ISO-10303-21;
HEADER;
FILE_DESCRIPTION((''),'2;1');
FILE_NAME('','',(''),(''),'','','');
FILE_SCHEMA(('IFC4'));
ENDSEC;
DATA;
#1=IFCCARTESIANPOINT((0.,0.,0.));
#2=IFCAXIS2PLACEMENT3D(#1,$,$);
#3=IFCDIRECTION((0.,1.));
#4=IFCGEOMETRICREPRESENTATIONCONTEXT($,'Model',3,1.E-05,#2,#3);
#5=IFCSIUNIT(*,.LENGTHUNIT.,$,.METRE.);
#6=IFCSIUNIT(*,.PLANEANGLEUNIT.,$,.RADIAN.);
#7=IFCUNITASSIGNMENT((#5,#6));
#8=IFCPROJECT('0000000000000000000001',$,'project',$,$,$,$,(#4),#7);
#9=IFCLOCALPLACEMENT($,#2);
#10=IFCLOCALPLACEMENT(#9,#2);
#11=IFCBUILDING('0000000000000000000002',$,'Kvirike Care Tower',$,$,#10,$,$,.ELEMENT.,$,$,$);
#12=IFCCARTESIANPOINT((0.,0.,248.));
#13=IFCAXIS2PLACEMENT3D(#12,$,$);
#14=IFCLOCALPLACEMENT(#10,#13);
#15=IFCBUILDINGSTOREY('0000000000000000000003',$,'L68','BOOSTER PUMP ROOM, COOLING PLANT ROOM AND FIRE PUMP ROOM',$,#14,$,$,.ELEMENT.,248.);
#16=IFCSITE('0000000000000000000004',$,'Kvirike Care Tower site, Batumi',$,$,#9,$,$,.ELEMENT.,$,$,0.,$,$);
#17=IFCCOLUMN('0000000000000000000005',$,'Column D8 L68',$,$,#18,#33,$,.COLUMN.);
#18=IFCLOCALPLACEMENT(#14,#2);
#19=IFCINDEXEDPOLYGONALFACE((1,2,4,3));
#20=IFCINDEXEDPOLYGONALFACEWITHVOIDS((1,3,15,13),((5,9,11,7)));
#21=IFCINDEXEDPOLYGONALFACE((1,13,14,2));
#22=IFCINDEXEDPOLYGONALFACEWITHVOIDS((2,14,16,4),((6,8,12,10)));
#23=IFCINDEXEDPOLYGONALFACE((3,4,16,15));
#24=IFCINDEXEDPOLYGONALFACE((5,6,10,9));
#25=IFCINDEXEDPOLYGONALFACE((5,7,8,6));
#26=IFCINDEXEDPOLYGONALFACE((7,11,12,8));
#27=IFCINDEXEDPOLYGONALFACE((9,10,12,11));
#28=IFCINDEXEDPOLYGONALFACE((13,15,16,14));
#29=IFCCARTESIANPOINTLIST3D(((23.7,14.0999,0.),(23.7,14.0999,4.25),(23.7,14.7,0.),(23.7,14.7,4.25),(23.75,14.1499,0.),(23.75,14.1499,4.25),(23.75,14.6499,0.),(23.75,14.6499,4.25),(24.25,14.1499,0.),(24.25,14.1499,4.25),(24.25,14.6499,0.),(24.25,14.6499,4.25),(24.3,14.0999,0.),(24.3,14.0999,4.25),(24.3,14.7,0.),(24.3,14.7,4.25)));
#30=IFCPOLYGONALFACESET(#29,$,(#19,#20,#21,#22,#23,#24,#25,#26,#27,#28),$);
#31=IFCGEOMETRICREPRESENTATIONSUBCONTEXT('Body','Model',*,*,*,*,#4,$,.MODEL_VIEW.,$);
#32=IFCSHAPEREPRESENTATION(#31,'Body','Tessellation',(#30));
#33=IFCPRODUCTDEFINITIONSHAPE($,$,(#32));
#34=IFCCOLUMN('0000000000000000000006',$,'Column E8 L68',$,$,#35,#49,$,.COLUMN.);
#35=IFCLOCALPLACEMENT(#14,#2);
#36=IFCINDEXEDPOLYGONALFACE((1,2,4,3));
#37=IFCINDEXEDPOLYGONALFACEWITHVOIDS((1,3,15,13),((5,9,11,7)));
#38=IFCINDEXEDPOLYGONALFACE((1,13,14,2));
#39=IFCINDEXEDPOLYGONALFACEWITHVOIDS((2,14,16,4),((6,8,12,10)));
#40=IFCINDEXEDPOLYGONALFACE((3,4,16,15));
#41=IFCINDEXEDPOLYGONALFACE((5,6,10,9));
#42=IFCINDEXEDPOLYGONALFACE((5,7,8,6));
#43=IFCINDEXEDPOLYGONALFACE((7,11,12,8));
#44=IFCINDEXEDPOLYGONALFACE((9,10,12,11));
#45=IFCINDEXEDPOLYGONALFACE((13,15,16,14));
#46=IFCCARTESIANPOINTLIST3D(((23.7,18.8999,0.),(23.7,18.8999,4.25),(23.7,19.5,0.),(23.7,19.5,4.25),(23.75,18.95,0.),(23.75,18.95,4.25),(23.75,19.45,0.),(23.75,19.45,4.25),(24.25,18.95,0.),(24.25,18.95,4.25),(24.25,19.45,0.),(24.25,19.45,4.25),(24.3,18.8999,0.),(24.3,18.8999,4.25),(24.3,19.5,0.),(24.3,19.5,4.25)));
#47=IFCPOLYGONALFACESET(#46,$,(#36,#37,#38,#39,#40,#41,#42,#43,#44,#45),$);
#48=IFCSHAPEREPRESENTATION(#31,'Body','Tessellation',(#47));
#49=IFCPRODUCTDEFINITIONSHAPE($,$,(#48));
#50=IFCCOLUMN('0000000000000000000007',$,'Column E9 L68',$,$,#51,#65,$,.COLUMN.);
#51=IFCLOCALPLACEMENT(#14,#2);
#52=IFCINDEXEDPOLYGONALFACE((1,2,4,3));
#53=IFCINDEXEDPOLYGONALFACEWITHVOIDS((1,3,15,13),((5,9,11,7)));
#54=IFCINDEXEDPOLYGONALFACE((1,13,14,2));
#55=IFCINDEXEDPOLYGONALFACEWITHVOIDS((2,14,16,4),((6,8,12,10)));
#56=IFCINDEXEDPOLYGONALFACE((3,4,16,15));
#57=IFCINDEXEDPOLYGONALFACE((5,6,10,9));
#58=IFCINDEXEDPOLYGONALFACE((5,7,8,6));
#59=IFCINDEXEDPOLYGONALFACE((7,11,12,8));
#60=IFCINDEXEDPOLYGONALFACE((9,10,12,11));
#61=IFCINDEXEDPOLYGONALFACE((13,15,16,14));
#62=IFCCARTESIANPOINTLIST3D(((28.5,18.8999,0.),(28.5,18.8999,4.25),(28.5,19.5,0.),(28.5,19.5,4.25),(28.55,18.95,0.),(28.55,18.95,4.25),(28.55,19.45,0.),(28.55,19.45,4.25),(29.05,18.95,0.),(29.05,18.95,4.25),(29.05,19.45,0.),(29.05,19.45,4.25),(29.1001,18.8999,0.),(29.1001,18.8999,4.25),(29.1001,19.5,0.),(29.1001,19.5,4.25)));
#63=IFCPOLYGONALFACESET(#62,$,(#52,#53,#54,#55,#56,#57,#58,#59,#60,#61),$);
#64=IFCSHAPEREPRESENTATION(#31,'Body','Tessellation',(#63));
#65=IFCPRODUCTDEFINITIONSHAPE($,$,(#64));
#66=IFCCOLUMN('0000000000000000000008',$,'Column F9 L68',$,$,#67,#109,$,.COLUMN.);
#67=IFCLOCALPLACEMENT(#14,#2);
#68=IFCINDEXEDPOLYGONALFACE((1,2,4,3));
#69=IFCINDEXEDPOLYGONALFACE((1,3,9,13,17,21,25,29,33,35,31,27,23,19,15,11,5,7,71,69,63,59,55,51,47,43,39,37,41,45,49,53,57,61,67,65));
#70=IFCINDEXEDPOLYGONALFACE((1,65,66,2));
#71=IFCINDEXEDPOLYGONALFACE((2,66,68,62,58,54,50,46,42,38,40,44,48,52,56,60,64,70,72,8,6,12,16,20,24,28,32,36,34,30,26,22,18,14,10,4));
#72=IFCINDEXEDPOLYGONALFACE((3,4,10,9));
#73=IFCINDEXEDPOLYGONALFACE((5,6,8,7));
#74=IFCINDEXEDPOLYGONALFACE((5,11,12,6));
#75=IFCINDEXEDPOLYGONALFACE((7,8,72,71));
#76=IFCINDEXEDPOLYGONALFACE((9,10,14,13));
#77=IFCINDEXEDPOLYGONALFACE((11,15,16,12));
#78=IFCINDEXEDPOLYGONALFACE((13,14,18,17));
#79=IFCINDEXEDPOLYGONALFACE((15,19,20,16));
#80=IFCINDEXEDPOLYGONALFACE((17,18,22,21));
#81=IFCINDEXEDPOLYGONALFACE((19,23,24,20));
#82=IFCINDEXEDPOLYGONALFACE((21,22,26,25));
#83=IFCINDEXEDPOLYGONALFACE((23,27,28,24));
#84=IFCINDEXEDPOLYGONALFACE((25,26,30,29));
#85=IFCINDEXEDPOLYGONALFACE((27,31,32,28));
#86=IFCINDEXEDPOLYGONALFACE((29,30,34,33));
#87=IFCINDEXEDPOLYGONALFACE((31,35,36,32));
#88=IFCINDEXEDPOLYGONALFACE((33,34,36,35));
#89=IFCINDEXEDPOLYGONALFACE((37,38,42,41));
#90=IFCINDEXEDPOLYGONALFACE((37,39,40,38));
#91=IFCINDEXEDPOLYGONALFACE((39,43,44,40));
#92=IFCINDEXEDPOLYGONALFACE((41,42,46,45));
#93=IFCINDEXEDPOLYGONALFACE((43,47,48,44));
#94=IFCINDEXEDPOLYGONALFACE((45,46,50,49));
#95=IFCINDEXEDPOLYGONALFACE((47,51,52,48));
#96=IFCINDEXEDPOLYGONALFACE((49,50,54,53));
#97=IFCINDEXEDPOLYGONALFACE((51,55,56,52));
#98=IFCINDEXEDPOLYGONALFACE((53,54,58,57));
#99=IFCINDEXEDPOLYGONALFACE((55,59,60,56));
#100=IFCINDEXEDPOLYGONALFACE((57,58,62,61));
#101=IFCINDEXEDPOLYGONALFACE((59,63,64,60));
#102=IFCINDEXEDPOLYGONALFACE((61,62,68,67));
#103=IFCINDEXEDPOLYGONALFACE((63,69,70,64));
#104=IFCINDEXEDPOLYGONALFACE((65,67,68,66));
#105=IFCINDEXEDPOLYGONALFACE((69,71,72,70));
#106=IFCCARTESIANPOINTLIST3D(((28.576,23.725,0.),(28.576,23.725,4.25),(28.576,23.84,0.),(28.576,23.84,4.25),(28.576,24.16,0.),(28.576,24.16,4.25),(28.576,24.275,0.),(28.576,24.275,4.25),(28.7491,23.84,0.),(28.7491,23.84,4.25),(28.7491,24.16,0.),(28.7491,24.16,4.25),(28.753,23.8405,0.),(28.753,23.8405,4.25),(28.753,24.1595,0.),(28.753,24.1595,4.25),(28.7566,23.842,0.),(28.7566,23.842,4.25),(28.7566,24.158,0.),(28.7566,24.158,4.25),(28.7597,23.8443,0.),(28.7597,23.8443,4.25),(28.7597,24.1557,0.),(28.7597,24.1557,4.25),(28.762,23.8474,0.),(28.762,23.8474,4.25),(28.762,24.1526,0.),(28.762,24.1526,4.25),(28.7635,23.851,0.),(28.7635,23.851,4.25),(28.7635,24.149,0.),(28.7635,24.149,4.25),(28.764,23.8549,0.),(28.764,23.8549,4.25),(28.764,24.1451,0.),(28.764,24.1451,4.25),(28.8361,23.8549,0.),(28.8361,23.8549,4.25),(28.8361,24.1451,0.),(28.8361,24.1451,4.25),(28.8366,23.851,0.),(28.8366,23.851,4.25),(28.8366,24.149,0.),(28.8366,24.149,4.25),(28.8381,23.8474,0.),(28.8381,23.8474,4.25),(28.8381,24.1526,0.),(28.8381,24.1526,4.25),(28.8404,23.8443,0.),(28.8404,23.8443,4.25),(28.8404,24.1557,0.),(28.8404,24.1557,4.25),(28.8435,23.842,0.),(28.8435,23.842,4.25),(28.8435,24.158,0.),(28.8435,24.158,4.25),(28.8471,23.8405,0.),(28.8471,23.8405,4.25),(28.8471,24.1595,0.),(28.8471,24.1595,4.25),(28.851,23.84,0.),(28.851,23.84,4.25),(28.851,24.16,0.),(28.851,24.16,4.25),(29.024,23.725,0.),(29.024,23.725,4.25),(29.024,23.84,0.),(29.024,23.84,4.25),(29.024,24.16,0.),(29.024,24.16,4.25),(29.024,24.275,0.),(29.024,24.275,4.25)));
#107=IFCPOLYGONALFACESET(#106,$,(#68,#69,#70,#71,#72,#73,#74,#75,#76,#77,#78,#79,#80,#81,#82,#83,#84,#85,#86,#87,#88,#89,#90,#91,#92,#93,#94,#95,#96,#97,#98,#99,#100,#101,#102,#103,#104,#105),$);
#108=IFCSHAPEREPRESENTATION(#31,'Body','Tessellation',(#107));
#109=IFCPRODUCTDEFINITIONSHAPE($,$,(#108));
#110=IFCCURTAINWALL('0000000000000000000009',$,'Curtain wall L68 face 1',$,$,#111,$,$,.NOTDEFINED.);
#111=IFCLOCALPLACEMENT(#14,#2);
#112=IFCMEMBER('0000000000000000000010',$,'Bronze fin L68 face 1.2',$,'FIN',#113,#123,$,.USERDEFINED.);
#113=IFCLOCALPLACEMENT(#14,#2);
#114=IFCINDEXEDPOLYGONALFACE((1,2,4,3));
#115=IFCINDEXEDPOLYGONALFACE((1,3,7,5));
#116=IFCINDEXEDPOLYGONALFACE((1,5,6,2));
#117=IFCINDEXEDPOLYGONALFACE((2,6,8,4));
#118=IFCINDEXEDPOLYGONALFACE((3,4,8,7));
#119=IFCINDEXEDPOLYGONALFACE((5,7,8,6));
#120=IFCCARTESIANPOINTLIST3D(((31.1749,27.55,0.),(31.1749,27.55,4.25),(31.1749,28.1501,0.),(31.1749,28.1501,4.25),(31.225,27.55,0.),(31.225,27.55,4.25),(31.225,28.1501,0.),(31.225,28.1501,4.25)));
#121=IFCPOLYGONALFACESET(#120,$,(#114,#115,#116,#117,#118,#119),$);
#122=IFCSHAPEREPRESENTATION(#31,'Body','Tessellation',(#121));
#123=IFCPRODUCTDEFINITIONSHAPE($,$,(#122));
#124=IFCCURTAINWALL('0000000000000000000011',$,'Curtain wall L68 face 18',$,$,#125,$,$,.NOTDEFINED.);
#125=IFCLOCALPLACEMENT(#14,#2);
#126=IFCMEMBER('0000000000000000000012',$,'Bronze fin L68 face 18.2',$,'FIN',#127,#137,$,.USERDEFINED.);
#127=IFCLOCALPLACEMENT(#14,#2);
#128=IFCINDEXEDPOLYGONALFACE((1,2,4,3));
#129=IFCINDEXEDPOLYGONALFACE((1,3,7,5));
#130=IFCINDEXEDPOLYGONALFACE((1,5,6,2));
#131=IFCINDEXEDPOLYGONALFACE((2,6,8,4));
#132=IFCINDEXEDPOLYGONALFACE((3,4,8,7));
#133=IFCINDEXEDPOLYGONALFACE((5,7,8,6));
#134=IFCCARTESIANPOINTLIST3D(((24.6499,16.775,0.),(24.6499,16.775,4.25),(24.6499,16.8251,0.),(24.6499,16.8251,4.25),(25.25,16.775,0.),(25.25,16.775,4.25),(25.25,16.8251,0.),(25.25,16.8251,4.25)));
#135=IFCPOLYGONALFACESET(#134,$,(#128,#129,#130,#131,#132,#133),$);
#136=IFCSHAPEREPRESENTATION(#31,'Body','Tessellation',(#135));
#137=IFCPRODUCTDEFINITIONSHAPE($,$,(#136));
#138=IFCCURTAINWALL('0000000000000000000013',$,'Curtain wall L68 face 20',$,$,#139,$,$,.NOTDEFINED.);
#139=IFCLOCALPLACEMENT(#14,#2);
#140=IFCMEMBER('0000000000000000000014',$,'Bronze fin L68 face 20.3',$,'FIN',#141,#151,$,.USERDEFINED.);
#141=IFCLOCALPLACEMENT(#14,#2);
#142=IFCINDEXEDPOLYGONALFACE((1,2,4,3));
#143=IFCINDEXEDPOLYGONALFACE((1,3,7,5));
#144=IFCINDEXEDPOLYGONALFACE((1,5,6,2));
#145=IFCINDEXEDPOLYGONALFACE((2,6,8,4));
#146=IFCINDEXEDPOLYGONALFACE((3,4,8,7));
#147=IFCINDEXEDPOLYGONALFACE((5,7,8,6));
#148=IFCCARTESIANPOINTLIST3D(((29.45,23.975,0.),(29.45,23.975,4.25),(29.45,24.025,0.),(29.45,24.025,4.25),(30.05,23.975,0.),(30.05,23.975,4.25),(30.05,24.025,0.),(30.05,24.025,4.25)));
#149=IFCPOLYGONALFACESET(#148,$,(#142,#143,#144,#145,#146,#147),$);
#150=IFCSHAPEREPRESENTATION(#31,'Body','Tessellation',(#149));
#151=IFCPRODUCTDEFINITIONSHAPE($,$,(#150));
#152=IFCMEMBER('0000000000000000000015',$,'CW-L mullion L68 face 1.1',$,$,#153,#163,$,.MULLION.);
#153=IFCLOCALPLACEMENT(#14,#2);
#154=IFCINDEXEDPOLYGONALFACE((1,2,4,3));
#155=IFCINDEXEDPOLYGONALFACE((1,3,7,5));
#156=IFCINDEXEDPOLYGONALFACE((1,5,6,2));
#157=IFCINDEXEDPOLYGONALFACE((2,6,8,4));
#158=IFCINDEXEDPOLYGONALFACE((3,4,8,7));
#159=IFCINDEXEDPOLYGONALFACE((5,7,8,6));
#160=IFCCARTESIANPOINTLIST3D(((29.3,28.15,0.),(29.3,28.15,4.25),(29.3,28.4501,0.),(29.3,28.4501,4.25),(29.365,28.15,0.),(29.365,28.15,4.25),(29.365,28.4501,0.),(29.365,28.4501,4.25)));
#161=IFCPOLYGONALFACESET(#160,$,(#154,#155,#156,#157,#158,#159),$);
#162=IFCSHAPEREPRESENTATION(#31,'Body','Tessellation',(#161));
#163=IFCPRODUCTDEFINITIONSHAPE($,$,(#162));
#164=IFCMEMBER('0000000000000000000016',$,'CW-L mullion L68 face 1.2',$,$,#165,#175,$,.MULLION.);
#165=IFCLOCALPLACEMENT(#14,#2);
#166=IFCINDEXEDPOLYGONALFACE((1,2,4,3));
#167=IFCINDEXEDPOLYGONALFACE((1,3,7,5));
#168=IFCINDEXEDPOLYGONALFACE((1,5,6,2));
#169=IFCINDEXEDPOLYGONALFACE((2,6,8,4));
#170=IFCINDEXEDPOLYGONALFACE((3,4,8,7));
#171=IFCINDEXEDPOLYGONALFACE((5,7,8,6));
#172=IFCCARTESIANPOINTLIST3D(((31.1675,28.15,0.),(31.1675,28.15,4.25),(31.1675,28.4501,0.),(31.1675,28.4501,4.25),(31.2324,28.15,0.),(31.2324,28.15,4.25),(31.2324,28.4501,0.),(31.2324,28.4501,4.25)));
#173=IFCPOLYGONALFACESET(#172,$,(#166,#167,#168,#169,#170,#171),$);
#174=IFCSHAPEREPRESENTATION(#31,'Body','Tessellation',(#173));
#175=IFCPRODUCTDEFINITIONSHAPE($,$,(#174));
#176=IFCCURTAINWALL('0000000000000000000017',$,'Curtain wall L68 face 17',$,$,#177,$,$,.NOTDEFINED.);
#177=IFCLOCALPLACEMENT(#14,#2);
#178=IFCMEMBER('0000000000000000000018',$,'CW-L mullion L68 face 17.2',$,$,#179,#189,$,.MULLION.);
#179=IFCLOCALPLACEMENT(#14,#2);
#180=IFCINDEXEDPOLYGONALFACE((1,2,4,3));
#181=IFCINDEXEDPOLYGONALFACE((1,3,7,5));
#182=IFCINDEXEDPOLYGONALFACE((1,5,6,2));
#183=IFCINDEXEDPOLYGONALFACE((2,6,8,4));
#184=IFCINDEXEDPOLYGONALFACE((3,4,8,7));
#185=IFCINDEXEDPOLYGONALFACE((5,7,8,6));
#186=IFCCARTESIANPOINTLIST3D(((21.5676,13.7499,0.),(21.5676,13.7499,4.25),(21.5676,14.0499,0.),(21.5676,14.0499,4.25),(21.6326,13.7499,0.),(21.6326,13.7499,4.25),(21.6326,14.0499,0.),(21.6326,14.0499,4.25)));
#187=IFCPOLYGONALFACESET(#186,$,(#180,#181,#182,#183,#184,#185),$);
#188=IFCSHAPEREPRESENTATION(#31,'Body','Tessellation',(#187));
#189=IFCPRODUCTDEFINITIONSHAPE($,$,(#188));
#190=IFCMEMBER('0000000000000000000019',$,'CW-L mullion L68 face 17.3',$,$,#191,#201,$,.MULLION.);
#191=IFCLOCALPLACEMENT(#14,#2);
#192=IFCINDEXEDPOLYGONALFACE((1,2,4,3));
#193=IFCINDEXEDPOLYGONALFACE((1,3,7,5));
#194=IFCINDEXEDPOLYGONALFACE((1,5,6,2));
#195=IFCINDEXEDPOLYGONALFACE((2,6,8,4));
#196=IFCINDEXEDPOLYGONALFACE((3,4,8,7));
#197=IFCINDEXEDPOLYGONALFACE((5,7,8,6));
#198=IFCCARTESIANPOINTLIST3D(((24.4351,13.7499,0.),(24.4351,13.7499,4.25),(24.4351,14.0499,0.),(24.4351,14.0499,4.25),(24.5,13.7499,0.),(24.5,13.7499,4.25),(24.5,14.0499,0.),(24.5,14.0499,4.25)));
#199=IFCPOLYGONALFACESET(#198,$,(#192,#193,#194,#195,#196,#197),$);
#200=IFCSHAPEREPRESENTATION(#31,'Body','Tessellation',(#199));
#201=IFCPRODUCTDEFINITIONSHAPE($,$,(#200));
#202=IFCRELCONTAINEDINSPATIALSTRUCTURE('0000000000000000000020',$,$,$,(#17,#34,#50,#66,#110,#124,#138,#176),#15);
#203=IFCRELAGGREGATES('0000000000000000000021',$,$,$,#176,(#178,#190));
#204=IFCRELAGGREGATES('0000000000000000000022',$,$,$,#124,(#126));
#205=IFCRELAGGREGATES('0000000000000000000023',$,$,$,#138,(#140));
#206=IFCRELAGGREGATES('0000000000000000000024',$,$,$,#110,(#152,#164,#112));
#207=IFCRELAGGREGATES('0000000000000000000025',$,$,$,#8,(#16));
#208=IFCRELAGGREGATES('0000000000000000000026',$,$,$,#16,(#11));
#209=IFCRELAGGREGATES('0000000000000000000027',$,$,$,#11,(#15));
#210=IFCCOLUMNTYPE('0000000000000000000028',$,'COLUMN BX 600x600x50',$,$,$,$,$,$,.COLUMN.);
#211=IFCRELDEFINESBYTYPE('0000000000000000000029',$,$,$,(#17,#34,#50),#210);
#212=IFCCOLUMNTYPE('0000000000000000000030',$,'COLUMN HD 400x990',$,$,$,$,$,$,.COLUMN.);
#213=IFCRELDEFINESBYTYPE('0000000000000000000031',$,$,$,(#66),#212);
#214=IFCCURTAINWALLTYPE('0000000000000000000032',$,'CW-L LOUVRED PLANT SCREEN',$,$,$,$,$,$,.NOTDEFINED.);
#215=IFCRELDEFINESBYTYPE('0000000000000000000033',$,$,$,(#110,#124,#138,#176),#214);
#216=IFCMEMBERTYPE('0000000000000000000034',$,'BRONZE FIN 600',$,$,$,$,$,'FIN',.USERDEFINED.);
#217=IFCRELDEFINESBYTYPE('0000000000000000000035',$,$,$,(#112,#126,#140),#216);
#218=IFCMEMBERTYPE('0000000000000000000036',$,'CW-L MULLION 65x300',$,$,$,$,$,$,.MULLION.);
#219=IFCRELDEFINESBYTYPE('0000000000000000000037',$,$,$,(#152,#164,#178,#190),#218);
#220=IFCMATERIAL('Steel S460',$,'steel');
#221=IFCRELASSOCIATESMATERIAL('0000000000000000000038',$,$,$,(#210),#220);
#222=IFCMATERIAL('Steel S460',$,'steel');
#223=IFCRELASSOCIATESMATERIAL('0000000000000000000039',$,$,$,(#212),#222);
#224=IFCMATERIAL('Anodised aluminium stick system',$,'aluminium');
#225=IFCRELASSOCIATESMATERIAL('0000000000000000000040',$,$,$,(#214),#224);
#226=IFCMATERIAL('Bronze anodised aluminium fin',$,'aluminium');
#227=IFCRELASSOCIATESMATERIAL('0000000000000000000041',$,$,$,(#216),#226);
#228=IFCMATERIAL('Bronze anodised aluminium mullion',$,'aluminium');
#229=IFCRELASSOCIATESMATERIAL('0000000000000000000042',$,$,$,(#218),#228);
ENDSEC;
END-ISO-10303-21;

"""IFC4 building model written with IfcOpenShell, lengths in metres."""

from ifc_helpers import new_model, si_unit, direction, frame, origin, origin_2d, place, context, subcontext, project, spatial, rectangle, hollow_rectangle, i_section, extrude, material, material_profile, profile_set, type_object, element, aggregate, save


model = new_model("IFC4")

# Units and contexts
model_context = context("Model", 3, precision=1e-05, world=origin(), true_north=direction((0.0, 1.0)))
body_context = subcontext(model_context, "Body", "Model", "MODEL_VIEW")
ifc_project = project(units=[si_unit("LENGTHUNIT", "METRE"), si_unit("PLANEANGLEUNIT", "RADIAN")], contexts=[model_context])

# Site, building, storey
site_placement = place(None, origin())
site = spatial("IfcSite", under=ifc_project, at=site_placement, Name="Kvirike Care Tower site, Batumi", CompositionType="ELEMENT", RefElevation=0.0)
building_placement = place(site_placement, origin())
building = spatial("IfcBuilding", under=site, at=building_placement, Name="Kvirike Care Tower", CompositionType="ELEMENT")
storey_placement = place(building_placement, frame((0.0, 0.0, 248.0)))
storey = spatial("IfcBuildingStorey", under=building, at=storey_placement, Name="L68", Description="BOOSTER PUMP ROOM, COOLING PLANT ROOM AND FIRE PUMP ROOM", CompositionType="ELEMENT", Elevation=248.0)

# Columns
ifc_material_1 = material(Name="Steel S460", Category="steel")
ifc_material_profile_1 = material_profile(ifc_material_1, hollow_rectangle(XDim=0.6001, YDim=0.6001, WallThickness=0.05, at=origin_2d()), Name="BX 600x600x50")
ifc_profile_set_1 = profile_set([ifc_material_profile_1], Name="Steel S460")
column_type_1 = type_object("IfcColumnType", Name="COLUMN BX 600x600x50", PredefinedType="COLUMN", material=ifc_profile_set_1)
for number, where, z_axis, x_axis, name in (
    (1, (24.0, 14.3999, 0.0), (0.0, 0.0, 1.0), (0.0, 1.0, 0.0), "Column D8 L68"),
    (2, (24.0, 19.2, 0.0), (0.0, 0.0, 1.0), (0.0, 1.0, 0.0), "Column E8 L68"),
    (3, (28.8, 19.2, 0.0), (0.0, 0.0, 1.0), (0.0, 1.0, 0.0), "Column E9 L68"),
):
    element("IfcColumn", number, at=place(storey_placement, frame(where, z_axis=z_axis, x_axis=x_axis)), inside=storey, type_object=column_type_1, Name=name, PredefinedType="COLUMN", context=body_context, shape_type="SweptSolid", body=[
        extrude(hollow_rectangle(XDim=0.6001, YDim=0.6001, WallThickness=0.05, at=origin_2d()), origin(), (0.0, 0.0, 1.0), 4.25),
    ])
ifc_material_2 = material(Name="Steel S460", Category="steel")
ifc_material_profile_2 = material_profile(ifc_material_2, i_section(OverallWidth=0.448, OverallDepth=0.55, WebThickness=0.072, FlangeThickness=0.115, FilletRadius=0.0149, at=origin_2d()), Name="HD 400x990")
ifc_profile_set_2 = profile_set([ifc_material_profile_2], Name="Steel S460")
column_type_2 = type_object("IfcColumnType", Name="COLUMN HD 400x990", PredefinedType="COLUMN", material=ifc_profile_set_2)
column_placement = place(storey_placement, frame((28.8, 24.0, 0.0), z_axis=(0.0, 0.0, 1.0), x_axis=(1.0, 0.0, 0.0)))
element("IfcColumn", 4, at=column_placement, inside=storey, type_object=column_type_2, Name="Column F9 L68", PredefinedType="COLUMN", context=body_context, shape_type="SweptSolid", body=[
    extrude(i_section(OverallWidth=0.448, OverallDepth=0.55, WebThickness=0.072, FlangeThickness=0.115, FilletRadius=0.0149, at=origin_2d()), origin(), (0.0, 0.0, 1.0), 4.25),
])

# Curtain walls, members
ifc_material_3 = material(Name="Anodised aluminium stick system", Category="aluminium")
curtain_wall_type = type_object("IfcCurtainWallType", Name="CW-L LOUVRED PLANT SCREEN", PredefinedType="NOTDEFINED", material=ifc_material_3)
curtain_wall_1_placement = place(storey_placement, origin())
curtain_wall_1 = element("IfcCurtainWall", 5, at=curtain_wall_1_placement, inside=storey, type_object=curtain_wall_type, Name="Curtain wall L68 face 1", PredefinedType="NOTDEFINED")
ifc_material_4 = material(Name="Bronze anodised aluminium fin", Category="aluminium")
ifc_material_profile_3 = material_profile(ifc_material_4, rectangle(XDim=0.05, YDim=0.6001, at=origin_2d()), Name="BRONZE FIN 600")
ifc_profile_set_3 = profile_set([ifc_material_profile_3], Name="Bronze anodised aluminium fin")
member_type_1 = type_object("IfcMemberType", Name="BRONZE FIN 600", ElementType="FIN", PredefinedType="USERDEFINED", material=ifc_profile_set_3)
member_1_placement = place(storey_placement, frame((31.2, 27.8501, 0.0), z_axis=(0.0, 0.0, 1.0), x_axis=(1.0, 0.0, 0.0)))
member_1 = element("IfcMember", 6, at=member_1_placement, type_object=member_type_1, Name="Bronze fin L68 face 1.2", ObjectType="FIN", PredefinedType="USERDEFINED", context=body_context, shape_type="SweptSolid", body=[
    extrude(rectangle(XDim=0.05, YDim=0.6001, at=origin_2d()), origin(), (0.0, 0.0, 1.0), 4.25),
])
curtain_wall_2_placement = place(storey_placement, origin())
curtain_wall_2 = element("IfcCurtainWall", 7, at=curtain_wall_2_placement, inside=storey, type_object=curtain_wall_type, Name="Curtain wall L68 face 18", PredefinedType="NOTDEFINED")
member_2_placement = place(storey_placement, frame((24.95, 16.8, 0.0), z_axis=(0.0, 0.0, 1.0), x_axis=(0.0, 1.0, 0.0)))
member_2 = element("IfcMember", 8, at=member_2_placement, type_object=member_type_1, Name="Bronze fin L68 face 18.2", ObjectType="FIN", PredefinedType="USERDEFINED", context=body_context, shape_type="SweptSolid", body=[
    extrude(rectangle(XDim=0.05, YDim=0.6001, at=origin_2d()), origin(), (0.0, 0.0, 1.0), 4.25),
])
curtain_wall_3_placement = place(storey_placement, origin())
curtain_wall_3 = element("IfcCurtainWall", 9, at=curtain_wall_3_placement, inside=storey, type_object=curtain_wall_type, Name="Curtain wall L68 face 20", PredefinedType="NOTDEFINED")
member_3_placement = place(storey_placement, frame((29.75, 24.0, 0.0), z_axis=(0.0, 0.0, 1.0), x_axis=(0.0, 1.0, 0.0)))
member_3 = element("IfcMember", 10, at=member_3_placement, type_object=member_type_1, Name="Bronze fin L68 face 20.3", ObjectType="FIN", PredefinedType="USERDEFINED", context=body_context, shape_type="SweptSolid", body=[
    extrude(rectangle(XDim=0.05, YDim=0.6001, at=origin_2d()), origin(), (0.0, 0.0, 1.0), 4.25),
])

# Members
ifc_material_5 = material(Name="Bronze anodised aluminium mullion", Category="aluminium")
ifc_material_profile_4 = material_profile(ifc_material_5, rectangle(XDim=0.0649, YDim=0.3, at=origin_2d()), Name="CW-L MULLION 65x300")
ifc_profile_set_4 = profile_set([ifc_material_profile_4], Name="Bronze anodised aluminium mullion")
member_type_2 = type_object("IfcMemberType", Name="CW-L MULLION 65x300", PredefinedType="MULLION", material=ifc_profile_set_4)
member_4_placement = place(storey_placement, frame((29.3325, 28.3, 0.0), z_axis=(0.0, 0.0, 1.0), x_axis=(1.0, 0.0, 0.0)))
member_4 = element("IfcMember", 11, at=member_4_placement, type_object=member_type_2, Name="CW-L mullion L68 face 1.1", PredefinedType="MULLION", context=body_context, shape_type="SweptSolid", body=[
    extrude(rectangle(XDim=0.0649, YDim=0.3, at=origin_2d()), origin(), (0.0, 0.0, 1.0), 4.25),
])
member_5_placement = place(storey_placement, frame((31.2, 28.3, 0.0), z_axis=(0.0, 0.0, 1.0), x_axis=(1.0, 0.0, 0.0)))
member_5 = element("IfcMember", 12, at=member_5_placement, type_object=member_type_2, Name="CW-L mullion L68 face 1.2", PredefinedType="MULLION", context=body_context, shape_type="SweptSolid", body=[
    extrude(rectangle(XDim=0.0649, YDim=0.3, at=origin_2d()), origin(), (0.0, 0.0, 1.0), 4.25),
])

# Curtain wall, members
curtain_wall_4_placement = place(storey_placement, origin())
curtain_wall_4 = element("IfcCurtainWall", 13, at=curtain_wall_4_placement, inside=storey, type_object=curtain_wall_type, Name="Curtain wall L68 face 17", PredefinedType="NOTDEFINED")
member_6_placement = place(storey_placement, frame((21.6001, 13.8999, 0.0), z_axis=(0.0, 0.0, 1.0), x_axis=(1.0, 0.0, 0.0)))
member_6 = element("IfcMember", 14, at=member_6_placement, type_object=member_type_2, Name="CW-L mullion L68 face 17.2", PredefinedType="MULLION", context=body_context, shape_type="SweptSolid", body=[
    extrude(rectangle(XDim=0.0649, YDim=0.3, at=origin_2d()), origin(), (0.0, 0.0, 1.0), 4.25),
])
member_7_placement = place(storey_placement, frame((24.4675, 13.8999, 0.0), z_axis=(0.0, 0.0, 1.0), x_axis=(1.0, 0.0, 0.0)))
member_7 = element("IfcMember", 15, at=member_7_placement, type_object=member_type_2, Name="CW-L mullion L68 face 17.3", PredefinedType="MULLION", context=body_context, shape_type="SweptSolid", body=[
    extrude(rectangle(XDim=0.0649, YDim=0.3, at=origin_2d()), origin(), (0.0, 0.0, 1.0), 4.25),
])
aggregate(curtain_wall_4, [member_6, member_7])

aggregate(curtain_wall_2, [member_2])

aggregate(curtain_wall_3, [member_3])
aggregate(curtain_wall_1, [member_4, member_5, member_1])

save(model, "model.ifc")
